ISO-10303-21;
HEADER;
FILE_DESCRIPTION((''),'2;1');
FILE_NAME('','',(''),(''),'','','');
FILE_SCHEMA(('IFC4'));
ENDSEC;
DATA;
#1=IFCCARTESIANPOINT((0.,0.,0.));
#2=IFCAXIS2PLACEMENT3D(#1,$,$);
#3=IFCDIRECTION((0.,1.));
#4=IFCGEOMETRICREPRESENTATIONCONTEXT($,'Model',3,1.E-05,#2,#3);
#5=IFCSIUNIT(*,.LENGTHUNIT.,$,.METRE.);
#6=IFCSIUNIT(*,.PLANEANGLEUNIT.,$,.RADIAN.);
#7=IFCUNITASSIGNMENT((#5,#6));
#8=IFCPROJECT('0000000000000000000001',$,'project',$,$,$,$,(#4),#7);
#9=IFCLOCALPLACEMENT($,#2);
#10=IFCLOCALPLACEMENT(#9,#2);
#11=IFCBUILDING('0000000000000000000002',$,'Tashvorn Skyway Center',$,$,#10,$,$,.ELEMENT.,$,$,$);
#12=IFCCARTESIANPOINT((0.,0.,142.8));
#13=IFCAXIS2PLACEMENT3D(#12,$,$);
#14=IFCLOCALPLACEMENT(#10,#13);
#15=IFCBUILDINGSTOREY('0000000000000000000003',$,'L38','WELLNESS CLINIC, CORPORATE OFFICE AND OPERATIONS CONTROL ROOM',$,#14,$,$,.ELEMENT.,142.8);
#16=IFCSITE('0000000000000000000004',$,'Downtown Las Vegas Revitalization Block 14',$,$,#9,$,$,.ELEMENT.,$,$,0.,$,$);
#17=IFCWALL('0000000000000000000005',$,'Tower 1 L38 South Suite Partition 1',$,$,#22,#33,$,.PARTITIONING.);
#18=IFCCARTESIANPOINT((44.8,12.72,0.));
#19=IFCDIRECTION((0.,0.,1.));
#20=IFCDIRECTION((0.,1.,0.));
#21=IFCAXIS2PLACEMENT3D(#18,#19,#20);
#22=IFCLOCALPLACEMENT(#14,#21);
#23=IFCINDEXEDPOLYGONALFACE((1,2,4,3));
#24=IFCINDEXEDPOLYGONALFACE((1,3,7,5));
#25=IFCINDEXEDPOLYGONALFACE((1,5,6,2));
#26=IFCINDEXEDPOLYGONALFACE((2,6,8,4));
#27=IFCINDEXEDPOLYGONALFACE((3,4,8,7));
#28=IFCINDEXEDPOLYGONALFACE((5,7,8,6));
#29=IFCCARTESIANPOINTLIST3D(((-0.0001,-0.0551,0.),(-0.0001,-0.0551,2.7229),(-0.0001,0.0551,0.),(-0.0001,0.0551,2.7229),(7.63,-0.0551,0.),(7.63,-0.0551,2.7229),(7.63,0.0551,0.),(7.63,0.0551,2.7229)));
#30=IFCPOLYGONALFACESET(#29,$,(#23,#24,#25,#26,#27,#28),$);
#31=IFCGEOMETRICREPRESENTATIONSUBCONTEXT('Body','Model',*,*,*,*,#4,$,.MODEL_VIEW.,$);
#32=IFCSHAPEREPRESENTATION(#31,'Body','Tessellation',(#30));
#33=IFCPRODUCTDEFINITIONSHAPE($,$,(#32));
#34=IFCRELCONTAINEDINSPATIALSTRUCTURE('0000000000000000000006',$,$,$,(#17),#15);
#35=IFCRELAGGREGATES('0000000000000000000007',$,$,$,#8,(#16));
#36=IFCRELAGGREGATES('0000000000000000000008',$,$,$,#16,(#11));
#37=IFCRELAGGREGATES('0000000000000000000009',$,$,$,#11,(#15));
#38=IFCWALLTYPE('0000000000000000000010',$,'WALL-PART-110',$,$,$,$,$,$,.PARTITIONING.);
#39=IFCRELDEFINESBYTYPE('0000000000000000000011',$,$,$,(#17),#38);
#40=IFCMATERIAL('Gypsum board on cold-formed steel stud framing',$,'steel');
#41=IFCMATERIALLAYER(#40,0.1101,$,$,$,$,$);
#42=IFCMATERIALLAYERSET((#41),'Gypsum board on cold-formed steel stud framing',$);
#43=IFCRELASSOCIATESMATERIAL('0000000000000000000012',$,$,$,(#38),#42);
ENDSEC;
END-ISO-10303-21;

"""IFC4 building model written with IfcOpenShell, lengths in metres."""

from ifc_helpers import new_model, si_unit, direction, frame, frame_2d, origin, place, context, subcontext, project, spatial, rectangle, extrude, material, layer, layer_set, type_object, element, save


model = new_model("IFC4")

# Units and contexts
model_context = context("Model", 3, precision=1e-05, world=origin(), true_north=direction((0.0, 1.0)))
body_context = subcontext(model_context, "Body", "Model", "MODEL_VIEW")
ifc_project = project(units=[si_unit("LENGTHUNIT", "METRE"), si_unit("PLANEANGLEUNIT", "RADIAN")], contexts=[model_context])

# Site, building, storey
site_placement = place(None, origin())
site = spatial("IfcSite", under=ifc_project, at=site_placement, Name="Downtown Las Vegas Revitalization Block 14", CompositionType="ELEMENT", RefElevation=0.0)
building_placement = place(site_placement, origin())
building = spatial("IfcBuilding", under=site, at=building_placement, Name="Tashvorn Skyway Center", CompositionType="ELEMENT")
storey_placement = place(building_placement, frame((0.0, 0.0, 142.8)))
storey = spatial("IfcBuildingStorey", under=building, at=storey_placement, Name="L38", Description="WELLNESS CLINIC, CORPORATE OFFICE AND OPERATIONS CONTROL ROOM", CompositionType="ELEMENT", Elevation=142.8)

# Wall
ifc_material_1 = material(Name="Gypsum board on cold-formed steel stud framing", Category="steel")
ifc_layer_1 = layer(ifc_material_1, 0.1101)
ifc_layer_set_1 = layer_set([ifc_layer_1], Name="Gypsum board on cold-formed steel stud framing")
wall_type = type_object("IfcWallType", Name="WALL-PART-110", PredefinedType="PARTITIONING", material=ifc_layer_set_1)
wall_placement = place(storey_placement, frame((44.8, 12.72, 0.0), z_axis=(0.0, 0.0, 1.0), x_axis=(0.0, 1.0, 0.0)))
element("IfcWall", 1, at=wall_placement, inside=storey, type_object=wall_type, Name="Tower 1 L38 South Suite Partition 1", PredefinedType="PARTITIONING", context=body_context, shape_type="SweptSolid", body=[
    extrude(rectangle(XDim=7.6301, YDim=0.1101, at=frame_2d((3.8149, 0.0))), origin(), (0.0, 0.0, 1.0), 2.7229),
])

save(model, "model.ifc")
